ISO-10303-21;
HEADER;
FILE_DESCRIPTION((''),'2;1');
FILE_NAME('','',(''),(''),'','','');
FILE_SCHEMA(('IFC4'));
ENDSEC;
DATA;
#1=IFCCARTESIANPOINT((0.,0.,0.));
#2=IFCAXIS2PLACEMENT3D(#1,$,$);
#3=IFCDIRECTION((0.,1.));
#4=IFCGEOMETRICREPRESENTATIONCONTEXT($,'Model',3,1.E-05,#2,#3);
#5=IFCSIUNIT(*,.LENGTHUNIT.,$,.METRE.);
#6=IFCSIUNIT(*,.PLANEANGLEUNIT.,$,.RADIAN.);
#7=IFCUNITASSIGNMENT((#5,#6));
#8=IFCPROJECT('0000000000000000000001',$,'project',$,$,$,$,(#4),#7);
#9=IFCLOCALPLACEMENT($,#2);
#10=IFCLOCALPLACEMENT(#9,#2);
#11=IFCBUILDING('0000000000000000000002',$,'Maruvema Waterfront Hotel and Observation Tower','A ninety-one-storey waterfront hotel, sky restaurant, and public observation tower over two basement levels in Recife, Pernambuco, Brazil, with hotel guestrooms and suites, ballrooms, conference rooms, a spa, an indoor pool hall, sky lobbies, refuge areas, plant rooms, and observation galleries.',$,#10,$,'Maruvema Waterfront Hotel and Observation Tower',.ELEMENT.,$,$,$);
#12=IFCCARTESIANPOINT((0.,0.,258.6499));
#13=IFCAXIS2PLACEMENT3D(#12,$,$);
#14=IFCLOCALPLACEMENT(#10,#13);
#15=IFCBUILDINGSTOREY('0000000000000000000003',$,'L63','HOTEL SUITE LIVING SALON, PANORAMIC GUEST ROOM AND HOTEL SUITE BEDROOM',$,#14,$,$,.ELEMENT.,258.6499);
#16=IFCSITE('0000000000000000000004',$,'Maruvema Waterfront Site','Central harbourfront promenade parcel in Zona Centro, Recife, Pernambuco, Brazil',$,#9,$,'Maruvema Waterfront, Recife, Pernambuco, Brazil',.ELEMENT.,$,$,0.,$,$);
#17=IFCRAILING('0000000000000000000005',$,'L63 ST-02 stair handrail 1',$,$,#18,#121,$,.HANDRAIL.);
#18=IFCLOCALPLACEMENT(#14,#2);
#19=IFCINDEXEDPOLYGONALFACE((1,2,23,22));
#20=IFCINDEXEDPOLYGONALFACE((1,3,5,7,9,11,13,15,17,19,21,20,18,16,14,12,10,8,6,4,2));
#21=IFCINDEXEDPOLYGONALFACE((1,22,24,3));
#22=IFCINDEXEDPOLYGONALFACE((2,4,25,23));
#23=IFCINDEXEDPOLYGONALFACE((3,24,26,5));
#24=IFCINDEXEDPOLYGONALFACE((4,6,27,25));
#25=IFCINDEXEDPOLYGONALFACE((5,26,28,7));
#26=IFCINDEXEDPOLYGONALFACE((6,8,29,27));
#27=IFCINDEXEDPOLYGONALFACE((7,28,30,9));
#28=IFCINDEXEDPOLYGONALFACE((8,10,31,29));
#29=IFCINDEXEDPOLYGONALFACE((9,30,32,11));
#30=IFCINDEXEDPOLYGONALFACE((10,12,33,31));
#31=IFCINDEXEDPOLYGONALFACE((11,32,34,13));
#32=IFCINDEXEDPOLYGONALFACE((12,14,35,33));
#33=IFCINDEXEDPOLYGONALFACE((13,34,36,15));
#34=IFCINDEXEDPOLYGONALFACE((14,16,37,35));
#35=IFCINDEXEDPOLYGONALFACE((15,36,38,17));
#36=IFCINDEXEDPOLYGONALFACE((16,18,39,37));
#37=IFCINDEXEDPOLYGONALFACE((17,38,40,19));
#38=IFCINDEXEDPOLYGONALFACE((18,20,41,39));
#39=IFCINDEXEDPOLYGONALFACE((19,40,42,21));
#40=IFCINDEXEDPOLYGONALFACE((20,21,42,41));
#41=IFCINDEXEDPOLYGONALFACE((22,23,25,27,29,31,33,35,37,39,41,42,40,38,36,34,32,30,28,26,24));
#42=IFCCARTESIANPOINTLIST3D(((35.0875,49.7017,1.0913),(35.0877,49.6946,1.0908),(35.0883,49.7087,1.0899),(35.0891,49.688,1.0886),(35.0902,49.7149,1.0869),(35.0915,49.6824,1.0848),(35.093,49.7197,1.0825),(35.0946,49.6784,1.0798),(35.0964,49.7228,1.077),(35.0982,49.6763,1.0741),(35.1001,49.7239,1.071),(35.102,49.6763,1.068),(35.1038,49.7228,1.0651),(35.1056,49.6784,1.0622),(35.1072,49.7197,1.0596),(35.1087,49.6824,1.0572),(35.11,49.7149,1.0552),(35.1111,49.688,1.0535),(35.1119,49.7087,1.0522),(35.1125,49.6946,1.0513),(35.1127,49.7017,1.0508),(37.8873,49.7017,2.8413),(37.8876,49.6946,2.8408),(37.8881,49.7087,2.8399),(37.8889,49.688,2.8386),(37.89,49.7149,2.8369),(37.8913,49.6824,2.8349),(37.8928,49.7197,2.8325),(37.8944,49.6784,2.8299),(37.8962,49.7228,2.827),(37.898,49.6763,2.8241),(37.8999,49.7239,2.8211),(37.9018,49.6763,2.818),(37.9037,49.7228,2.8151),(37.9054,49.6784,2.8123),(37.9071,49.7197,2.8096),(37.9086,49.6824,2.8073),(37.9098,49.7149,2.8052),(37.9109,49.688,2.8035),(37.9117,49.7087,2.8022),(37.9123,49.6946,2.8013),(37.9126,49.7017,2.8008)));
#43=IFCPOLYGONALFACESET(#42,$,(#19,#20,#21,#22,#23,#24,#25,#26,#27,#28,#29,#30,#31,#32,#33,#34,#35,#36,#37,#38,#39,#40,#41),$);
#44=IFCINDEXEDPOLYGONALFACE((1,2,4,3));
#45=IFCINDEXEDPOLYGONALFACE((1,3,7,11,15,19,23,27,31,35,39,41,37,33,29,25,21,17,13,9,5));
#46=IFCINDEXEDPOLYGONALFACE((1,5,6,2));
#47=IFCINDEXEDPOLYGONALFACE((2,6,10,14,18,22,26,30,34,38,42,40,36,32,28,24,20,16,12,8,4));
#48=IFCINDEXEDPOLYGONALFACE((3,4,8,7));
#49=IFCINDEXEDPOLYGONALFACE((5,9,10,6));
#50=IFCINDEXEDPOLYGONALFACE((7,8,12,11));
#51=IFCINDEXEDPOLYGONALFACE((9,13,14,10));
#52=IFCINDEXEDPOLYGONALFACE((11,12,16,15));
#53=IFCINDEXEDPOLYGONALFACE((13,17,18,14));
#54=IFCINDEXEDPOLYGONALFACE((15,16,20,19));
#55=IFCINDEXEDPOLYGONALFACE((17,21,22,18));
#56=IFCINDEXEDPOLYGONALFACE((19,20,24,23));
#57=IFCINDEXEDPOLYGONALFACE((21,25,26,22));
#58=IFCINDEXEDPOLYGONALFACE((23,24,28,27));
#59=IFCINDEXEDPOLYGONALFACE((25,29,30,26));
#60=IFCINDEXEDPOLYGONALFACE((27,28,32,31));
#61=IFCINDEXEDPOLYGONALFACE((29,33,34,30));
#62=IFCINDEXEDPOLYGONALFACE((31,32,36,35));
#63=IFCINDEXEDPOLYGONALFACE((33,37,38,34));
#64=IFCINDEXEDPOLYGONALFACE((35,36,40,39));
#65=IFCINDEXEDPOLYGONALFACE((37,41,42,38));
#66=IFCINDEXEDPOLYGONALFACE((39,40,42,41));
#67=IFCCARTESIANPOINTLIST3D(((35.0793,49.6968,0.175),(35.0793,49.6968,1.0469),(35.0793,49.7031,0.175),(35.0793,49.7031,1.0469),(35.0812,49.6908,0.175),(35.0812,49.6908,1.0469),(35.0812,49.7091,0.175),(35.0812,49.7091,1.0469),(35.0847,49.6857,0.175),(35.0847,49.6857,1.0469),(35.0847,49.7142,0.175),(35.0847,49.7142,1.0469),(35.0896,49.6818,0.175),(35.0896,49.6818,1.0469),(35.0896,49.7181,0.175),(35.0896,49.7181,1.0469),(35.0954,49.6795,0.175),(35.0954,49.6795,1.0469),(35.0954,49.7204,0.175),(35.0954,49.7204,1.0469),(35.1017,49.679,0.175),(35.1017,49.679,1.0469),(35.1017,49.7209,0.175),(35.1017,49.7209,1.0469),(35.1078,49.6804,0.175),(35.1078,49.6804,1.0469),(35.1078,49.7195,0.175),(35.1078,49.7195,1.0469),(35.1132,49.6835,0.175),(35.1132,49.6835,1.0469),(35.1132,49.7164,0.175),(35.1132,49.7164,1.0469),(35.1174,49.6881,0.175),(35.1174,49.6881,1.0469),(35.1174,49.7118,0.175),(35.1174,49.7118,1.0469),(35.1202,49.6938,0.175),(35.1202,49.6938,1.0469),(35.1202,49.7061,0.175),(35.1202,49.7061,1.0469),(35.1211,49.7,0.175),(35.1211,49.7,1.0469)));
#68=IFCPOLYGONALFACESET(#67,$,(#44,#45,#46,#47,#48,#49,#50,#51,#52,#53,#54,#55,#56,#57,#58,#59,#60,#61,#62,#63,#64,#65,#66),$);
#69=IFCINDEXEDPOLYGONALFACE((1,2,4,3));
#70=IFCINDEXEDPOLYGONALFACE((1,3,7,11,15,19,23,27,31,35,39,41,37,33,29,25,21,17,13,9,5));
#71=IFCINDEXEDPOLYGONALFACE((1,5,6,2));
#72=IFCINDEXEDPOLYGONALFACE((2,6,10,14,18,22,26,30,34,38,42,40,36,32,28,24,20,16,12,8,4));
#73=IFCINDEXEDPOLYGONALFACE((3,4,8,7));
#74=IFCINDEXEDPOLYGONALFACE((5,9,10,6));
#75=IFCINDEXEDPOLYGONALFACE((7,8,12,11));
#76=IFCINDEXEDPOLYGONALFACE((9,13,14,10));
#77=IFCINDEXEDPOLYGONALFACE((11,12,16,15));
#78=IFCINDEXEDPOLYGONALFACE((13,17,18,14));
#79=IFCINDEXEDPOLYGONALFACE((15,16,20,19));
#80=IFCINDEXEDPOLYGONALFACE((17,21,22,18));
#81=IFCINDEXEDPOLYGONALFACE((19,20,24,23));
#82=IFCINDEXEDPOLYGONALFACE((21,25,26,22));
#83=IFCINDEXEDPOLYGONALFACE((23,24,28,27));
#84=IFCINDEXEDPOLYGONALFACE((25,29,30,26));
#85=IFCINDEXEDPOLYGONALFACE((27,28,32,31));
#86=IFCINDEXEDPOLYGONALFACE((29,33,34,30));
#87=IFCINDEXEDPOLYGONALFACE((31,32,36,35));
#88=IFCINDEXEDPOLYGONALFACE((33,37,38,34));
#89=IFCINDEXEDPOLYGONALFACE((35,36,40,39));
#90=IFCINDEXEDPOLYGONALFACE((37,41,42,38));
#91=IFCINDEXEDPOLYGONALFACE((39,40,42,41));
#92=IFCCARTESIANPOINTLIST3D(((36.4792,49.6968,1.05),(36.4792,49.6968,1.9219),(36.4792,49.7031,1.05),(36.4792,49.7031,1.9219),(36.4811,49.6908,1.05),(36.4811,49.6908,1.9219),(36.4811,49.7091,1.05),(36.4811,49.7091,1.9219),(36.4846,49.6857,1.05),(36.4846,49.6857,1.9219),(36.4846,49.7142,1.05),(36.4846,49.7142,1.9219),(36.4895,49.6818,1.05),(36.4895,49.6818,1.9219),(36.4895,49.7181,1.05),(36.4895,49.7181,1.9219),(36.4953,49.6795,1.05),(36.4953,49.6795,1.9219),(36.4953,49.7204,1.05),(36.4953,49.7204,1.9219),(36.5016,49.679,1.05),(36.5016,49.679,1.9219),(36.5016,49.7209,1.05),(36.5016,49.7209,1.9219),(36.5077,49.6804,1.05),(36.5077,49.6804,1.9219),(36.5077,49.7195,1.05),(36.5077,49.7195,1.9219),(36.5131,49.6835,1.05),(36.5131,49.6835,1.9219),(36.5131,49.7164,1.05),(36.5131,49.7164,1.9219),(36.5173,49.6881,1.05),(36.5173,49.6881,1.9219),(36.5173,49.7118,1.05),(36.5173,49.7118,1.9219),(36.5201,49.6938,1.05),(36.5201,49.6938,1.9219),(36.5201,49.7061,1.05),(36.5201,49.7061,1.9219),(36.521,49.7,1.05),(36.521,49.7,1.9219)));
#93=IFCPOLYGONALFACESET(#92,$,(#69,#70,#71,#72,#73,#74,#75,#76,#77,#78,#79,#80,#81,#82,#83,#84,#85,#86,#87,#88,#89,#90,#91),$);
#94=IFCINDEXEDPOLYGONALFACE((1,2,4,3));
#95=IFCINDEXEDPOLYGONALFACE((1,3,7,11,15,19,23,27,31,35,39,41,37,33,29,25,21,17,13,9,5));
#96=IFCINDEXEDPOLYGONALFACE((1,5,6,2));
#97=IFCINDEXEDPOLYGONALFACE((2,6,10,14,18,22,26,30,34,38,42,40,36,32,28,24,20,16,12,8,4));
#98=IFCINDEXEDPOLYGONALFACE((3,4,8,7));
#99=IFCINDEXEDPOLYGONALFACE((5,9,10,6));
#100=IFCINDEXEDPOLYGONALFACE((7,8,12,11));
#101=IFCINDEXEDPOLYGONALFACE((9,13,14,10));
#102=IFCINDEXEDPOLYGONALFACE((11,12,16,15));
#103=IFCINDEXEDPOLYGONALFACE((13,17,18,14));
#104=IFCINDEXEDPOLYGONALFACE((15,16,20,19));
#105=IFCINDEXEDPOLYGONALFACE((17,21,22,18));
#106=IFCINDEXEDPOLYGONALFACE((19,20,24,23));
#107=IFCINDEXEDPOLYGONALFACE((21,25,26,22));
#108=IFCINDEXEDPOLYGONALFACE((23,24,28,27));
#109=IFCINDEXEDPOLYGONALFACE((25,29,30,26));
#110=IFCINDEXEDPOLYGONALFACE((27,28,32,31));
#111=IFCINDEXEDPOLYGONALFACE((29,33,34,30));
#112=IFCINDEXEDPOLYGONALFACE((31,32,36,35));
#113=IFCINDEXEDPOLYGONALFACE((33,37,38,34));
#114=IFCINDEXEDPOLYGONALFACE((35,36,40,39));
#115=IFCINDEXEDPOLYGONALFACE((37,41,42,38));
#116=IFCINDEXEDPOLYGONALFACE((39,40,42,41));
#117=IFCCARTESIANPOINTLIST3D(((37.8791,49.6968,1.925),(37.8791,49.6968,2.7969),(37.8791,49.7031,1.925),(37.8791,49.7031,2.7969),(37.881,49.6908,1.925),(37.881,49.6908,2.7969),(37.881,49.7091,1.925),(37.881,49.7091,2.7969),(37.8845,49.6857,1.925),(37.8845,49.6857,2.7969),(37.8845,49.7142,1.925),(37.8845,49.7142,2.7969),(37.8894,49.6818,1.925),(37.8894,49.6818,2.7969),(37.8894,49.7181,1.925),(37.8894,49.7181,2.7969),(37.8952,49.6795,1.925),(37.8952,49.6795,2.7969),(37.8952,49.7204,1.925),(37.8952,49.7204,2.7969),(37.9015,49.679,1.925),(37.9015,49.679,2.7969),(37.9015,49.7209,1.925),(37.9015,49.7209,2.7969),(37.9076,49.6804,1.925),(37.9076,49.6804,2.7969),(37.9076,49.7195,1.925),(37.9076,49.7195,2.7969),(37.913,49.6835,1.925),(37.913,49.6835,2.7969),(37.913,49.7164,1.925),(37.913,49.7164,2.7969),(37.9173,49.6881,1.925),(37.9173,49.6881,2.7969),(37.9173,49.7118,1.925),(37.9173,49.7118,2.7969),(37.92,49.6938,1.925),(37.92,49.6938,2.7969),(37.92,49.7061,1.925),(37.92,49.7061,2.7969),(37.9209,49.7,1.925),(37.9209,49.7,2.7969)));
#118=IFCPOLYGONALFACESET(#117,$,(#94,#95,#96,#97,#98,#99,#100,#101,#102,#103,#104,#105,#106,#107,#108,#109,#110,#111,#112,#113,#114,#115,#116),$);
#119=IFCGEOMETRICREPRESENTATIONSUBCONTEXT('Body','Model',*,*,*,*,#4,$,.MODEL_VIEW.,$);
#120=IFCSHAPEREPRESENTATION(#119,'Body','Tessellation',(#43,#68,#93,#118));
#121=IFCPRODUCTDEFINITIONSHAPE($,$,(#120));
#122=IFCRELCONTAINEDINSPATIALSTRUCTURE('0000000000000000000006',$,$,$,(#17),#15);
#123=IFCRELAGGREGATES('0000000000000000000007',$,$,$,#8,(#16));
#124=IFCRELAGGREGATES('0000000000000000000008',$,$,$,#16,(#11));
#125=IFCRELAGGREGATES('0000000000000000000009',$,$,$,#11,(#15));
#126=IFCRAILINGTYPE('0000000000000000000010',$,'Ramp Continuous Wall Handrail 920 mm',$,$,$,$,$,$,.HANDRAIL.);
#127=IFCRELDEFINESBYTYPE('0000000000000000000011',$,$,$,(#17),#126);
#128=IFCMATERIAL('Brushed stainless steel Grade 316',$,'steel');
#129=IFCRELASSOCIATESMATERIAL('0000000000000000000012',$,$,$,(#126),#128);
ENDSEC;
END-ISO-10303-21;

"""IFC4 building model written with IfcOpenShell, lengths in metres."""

from ifc_helpers import new_model, si_unit, direction, frame, origin, origin_2d, place, context, subcontext, project, spatial, circle, extrude, material, type_object, element, save


model = new_model("IFC4")

# Units and contexts
model_context = context("Model", 3, precision=1e-05, world=origin(), true_north=direction((0.0, 1.0)))
body_context = subcontext(model_context, "Body", "Model", "MODEL_VIEW")
ifc_project = project(units=[si_unit("LENGTHUNIT", "METRE"), si_unit("PLANEANGLEUNIT", "RADIAN")], contexts=[model_context])

# Site, building, storey
site_placement = place(None, origin())
site = spatial("IfcSite", under=ifc_project, at=site_placement, Name="Maruvema Waterfront Site", Description="Central harbourfront promenade parcel in Zona Centro, Recife, Pernambuco, Brazil", LongName="Maruvema Waterfront, Recife, Pernambuco, Brazil", CompositionType="ELEMENT", RefElevation=0.0)
building_placement = place(site_placement, origin())
building = spatial("IfcBuilding", under=site, at=building_placement, Name="Maruvema Waterfront Hotel and Observation Tower", Description="A ninety-one-storey waterfront hotel, sky restaurant, and public observation tower over two basement levels in Recife, Pernambuco, Brazil, with hotel guestrooms and suites, ballrooms, conference rooms, a spa, an indoor pool hall, sky lobbies, refuge areas, plant rooms, and observation galleries.", LongName="Maruvema Waterfront Hotel and Observation Tower", CompositionType="ELEMENT")
storey_placement = place(building_placement, frame((0.0, 0.0, 258.6499)))
storey = spatial("IfcBuildingStorey", under=building, at=storey_placement, Name="L63", Description="HOTEL SUITE LIVING SALON, PANORAMIC GUEST ROOM AND HOTEL SUITE BEDROOM", CompositionType="ELEMENT", Elevation=258.6499)

# Railing
ifc_material_1 = material(Name="Brushed stainless steel Grade 316", Category="steel")
railing_type_1 = type_object("IfcRailingType", Name="Ramp Continuous Wall Handrail 920 mm", PredefinedType="HANDRAIL", material=ifc_material_1)
railing_1_placement = place(storey_placement, frame((35.1001, 49.7, 0.175)))
element("IfcRailing", 1, at=railing_1_placement, inside=storey, type_object=railing_type_1, Name="L63 ST-02 stair handrail 1", PredefinedType="HANDRAIL", context=body_context, shape_type="SweptSolid", body=[
    extrude(circle(Radius=0.0239, at=origin_2d()), frame((0.0, 0.0, 0.896), z_axis=(0.847982, 0.0, 0.530026), x_axis=(0.0, 1.0, 0.0)), (0.0, 0.0, 1.0), 3.3018),
    extrude(circle(Radius=0.021, at=origin_2d()), origin(), (0.0, 0.0, 1.0), 0.8718),
    extrude(circle(Radius=0.021, at=origin_2d()), frame((1.3999, 0.0, 0.875)), (0.0, 0.0, 1.0), 0.8718),
    extrude(circle(Radius=0.021, at=origin_2d()), frame((2.7998, 0.0, 1.75)), (0.0, 0.0, 1.0), 0.8718),
])

save(model, "model.ifc")
